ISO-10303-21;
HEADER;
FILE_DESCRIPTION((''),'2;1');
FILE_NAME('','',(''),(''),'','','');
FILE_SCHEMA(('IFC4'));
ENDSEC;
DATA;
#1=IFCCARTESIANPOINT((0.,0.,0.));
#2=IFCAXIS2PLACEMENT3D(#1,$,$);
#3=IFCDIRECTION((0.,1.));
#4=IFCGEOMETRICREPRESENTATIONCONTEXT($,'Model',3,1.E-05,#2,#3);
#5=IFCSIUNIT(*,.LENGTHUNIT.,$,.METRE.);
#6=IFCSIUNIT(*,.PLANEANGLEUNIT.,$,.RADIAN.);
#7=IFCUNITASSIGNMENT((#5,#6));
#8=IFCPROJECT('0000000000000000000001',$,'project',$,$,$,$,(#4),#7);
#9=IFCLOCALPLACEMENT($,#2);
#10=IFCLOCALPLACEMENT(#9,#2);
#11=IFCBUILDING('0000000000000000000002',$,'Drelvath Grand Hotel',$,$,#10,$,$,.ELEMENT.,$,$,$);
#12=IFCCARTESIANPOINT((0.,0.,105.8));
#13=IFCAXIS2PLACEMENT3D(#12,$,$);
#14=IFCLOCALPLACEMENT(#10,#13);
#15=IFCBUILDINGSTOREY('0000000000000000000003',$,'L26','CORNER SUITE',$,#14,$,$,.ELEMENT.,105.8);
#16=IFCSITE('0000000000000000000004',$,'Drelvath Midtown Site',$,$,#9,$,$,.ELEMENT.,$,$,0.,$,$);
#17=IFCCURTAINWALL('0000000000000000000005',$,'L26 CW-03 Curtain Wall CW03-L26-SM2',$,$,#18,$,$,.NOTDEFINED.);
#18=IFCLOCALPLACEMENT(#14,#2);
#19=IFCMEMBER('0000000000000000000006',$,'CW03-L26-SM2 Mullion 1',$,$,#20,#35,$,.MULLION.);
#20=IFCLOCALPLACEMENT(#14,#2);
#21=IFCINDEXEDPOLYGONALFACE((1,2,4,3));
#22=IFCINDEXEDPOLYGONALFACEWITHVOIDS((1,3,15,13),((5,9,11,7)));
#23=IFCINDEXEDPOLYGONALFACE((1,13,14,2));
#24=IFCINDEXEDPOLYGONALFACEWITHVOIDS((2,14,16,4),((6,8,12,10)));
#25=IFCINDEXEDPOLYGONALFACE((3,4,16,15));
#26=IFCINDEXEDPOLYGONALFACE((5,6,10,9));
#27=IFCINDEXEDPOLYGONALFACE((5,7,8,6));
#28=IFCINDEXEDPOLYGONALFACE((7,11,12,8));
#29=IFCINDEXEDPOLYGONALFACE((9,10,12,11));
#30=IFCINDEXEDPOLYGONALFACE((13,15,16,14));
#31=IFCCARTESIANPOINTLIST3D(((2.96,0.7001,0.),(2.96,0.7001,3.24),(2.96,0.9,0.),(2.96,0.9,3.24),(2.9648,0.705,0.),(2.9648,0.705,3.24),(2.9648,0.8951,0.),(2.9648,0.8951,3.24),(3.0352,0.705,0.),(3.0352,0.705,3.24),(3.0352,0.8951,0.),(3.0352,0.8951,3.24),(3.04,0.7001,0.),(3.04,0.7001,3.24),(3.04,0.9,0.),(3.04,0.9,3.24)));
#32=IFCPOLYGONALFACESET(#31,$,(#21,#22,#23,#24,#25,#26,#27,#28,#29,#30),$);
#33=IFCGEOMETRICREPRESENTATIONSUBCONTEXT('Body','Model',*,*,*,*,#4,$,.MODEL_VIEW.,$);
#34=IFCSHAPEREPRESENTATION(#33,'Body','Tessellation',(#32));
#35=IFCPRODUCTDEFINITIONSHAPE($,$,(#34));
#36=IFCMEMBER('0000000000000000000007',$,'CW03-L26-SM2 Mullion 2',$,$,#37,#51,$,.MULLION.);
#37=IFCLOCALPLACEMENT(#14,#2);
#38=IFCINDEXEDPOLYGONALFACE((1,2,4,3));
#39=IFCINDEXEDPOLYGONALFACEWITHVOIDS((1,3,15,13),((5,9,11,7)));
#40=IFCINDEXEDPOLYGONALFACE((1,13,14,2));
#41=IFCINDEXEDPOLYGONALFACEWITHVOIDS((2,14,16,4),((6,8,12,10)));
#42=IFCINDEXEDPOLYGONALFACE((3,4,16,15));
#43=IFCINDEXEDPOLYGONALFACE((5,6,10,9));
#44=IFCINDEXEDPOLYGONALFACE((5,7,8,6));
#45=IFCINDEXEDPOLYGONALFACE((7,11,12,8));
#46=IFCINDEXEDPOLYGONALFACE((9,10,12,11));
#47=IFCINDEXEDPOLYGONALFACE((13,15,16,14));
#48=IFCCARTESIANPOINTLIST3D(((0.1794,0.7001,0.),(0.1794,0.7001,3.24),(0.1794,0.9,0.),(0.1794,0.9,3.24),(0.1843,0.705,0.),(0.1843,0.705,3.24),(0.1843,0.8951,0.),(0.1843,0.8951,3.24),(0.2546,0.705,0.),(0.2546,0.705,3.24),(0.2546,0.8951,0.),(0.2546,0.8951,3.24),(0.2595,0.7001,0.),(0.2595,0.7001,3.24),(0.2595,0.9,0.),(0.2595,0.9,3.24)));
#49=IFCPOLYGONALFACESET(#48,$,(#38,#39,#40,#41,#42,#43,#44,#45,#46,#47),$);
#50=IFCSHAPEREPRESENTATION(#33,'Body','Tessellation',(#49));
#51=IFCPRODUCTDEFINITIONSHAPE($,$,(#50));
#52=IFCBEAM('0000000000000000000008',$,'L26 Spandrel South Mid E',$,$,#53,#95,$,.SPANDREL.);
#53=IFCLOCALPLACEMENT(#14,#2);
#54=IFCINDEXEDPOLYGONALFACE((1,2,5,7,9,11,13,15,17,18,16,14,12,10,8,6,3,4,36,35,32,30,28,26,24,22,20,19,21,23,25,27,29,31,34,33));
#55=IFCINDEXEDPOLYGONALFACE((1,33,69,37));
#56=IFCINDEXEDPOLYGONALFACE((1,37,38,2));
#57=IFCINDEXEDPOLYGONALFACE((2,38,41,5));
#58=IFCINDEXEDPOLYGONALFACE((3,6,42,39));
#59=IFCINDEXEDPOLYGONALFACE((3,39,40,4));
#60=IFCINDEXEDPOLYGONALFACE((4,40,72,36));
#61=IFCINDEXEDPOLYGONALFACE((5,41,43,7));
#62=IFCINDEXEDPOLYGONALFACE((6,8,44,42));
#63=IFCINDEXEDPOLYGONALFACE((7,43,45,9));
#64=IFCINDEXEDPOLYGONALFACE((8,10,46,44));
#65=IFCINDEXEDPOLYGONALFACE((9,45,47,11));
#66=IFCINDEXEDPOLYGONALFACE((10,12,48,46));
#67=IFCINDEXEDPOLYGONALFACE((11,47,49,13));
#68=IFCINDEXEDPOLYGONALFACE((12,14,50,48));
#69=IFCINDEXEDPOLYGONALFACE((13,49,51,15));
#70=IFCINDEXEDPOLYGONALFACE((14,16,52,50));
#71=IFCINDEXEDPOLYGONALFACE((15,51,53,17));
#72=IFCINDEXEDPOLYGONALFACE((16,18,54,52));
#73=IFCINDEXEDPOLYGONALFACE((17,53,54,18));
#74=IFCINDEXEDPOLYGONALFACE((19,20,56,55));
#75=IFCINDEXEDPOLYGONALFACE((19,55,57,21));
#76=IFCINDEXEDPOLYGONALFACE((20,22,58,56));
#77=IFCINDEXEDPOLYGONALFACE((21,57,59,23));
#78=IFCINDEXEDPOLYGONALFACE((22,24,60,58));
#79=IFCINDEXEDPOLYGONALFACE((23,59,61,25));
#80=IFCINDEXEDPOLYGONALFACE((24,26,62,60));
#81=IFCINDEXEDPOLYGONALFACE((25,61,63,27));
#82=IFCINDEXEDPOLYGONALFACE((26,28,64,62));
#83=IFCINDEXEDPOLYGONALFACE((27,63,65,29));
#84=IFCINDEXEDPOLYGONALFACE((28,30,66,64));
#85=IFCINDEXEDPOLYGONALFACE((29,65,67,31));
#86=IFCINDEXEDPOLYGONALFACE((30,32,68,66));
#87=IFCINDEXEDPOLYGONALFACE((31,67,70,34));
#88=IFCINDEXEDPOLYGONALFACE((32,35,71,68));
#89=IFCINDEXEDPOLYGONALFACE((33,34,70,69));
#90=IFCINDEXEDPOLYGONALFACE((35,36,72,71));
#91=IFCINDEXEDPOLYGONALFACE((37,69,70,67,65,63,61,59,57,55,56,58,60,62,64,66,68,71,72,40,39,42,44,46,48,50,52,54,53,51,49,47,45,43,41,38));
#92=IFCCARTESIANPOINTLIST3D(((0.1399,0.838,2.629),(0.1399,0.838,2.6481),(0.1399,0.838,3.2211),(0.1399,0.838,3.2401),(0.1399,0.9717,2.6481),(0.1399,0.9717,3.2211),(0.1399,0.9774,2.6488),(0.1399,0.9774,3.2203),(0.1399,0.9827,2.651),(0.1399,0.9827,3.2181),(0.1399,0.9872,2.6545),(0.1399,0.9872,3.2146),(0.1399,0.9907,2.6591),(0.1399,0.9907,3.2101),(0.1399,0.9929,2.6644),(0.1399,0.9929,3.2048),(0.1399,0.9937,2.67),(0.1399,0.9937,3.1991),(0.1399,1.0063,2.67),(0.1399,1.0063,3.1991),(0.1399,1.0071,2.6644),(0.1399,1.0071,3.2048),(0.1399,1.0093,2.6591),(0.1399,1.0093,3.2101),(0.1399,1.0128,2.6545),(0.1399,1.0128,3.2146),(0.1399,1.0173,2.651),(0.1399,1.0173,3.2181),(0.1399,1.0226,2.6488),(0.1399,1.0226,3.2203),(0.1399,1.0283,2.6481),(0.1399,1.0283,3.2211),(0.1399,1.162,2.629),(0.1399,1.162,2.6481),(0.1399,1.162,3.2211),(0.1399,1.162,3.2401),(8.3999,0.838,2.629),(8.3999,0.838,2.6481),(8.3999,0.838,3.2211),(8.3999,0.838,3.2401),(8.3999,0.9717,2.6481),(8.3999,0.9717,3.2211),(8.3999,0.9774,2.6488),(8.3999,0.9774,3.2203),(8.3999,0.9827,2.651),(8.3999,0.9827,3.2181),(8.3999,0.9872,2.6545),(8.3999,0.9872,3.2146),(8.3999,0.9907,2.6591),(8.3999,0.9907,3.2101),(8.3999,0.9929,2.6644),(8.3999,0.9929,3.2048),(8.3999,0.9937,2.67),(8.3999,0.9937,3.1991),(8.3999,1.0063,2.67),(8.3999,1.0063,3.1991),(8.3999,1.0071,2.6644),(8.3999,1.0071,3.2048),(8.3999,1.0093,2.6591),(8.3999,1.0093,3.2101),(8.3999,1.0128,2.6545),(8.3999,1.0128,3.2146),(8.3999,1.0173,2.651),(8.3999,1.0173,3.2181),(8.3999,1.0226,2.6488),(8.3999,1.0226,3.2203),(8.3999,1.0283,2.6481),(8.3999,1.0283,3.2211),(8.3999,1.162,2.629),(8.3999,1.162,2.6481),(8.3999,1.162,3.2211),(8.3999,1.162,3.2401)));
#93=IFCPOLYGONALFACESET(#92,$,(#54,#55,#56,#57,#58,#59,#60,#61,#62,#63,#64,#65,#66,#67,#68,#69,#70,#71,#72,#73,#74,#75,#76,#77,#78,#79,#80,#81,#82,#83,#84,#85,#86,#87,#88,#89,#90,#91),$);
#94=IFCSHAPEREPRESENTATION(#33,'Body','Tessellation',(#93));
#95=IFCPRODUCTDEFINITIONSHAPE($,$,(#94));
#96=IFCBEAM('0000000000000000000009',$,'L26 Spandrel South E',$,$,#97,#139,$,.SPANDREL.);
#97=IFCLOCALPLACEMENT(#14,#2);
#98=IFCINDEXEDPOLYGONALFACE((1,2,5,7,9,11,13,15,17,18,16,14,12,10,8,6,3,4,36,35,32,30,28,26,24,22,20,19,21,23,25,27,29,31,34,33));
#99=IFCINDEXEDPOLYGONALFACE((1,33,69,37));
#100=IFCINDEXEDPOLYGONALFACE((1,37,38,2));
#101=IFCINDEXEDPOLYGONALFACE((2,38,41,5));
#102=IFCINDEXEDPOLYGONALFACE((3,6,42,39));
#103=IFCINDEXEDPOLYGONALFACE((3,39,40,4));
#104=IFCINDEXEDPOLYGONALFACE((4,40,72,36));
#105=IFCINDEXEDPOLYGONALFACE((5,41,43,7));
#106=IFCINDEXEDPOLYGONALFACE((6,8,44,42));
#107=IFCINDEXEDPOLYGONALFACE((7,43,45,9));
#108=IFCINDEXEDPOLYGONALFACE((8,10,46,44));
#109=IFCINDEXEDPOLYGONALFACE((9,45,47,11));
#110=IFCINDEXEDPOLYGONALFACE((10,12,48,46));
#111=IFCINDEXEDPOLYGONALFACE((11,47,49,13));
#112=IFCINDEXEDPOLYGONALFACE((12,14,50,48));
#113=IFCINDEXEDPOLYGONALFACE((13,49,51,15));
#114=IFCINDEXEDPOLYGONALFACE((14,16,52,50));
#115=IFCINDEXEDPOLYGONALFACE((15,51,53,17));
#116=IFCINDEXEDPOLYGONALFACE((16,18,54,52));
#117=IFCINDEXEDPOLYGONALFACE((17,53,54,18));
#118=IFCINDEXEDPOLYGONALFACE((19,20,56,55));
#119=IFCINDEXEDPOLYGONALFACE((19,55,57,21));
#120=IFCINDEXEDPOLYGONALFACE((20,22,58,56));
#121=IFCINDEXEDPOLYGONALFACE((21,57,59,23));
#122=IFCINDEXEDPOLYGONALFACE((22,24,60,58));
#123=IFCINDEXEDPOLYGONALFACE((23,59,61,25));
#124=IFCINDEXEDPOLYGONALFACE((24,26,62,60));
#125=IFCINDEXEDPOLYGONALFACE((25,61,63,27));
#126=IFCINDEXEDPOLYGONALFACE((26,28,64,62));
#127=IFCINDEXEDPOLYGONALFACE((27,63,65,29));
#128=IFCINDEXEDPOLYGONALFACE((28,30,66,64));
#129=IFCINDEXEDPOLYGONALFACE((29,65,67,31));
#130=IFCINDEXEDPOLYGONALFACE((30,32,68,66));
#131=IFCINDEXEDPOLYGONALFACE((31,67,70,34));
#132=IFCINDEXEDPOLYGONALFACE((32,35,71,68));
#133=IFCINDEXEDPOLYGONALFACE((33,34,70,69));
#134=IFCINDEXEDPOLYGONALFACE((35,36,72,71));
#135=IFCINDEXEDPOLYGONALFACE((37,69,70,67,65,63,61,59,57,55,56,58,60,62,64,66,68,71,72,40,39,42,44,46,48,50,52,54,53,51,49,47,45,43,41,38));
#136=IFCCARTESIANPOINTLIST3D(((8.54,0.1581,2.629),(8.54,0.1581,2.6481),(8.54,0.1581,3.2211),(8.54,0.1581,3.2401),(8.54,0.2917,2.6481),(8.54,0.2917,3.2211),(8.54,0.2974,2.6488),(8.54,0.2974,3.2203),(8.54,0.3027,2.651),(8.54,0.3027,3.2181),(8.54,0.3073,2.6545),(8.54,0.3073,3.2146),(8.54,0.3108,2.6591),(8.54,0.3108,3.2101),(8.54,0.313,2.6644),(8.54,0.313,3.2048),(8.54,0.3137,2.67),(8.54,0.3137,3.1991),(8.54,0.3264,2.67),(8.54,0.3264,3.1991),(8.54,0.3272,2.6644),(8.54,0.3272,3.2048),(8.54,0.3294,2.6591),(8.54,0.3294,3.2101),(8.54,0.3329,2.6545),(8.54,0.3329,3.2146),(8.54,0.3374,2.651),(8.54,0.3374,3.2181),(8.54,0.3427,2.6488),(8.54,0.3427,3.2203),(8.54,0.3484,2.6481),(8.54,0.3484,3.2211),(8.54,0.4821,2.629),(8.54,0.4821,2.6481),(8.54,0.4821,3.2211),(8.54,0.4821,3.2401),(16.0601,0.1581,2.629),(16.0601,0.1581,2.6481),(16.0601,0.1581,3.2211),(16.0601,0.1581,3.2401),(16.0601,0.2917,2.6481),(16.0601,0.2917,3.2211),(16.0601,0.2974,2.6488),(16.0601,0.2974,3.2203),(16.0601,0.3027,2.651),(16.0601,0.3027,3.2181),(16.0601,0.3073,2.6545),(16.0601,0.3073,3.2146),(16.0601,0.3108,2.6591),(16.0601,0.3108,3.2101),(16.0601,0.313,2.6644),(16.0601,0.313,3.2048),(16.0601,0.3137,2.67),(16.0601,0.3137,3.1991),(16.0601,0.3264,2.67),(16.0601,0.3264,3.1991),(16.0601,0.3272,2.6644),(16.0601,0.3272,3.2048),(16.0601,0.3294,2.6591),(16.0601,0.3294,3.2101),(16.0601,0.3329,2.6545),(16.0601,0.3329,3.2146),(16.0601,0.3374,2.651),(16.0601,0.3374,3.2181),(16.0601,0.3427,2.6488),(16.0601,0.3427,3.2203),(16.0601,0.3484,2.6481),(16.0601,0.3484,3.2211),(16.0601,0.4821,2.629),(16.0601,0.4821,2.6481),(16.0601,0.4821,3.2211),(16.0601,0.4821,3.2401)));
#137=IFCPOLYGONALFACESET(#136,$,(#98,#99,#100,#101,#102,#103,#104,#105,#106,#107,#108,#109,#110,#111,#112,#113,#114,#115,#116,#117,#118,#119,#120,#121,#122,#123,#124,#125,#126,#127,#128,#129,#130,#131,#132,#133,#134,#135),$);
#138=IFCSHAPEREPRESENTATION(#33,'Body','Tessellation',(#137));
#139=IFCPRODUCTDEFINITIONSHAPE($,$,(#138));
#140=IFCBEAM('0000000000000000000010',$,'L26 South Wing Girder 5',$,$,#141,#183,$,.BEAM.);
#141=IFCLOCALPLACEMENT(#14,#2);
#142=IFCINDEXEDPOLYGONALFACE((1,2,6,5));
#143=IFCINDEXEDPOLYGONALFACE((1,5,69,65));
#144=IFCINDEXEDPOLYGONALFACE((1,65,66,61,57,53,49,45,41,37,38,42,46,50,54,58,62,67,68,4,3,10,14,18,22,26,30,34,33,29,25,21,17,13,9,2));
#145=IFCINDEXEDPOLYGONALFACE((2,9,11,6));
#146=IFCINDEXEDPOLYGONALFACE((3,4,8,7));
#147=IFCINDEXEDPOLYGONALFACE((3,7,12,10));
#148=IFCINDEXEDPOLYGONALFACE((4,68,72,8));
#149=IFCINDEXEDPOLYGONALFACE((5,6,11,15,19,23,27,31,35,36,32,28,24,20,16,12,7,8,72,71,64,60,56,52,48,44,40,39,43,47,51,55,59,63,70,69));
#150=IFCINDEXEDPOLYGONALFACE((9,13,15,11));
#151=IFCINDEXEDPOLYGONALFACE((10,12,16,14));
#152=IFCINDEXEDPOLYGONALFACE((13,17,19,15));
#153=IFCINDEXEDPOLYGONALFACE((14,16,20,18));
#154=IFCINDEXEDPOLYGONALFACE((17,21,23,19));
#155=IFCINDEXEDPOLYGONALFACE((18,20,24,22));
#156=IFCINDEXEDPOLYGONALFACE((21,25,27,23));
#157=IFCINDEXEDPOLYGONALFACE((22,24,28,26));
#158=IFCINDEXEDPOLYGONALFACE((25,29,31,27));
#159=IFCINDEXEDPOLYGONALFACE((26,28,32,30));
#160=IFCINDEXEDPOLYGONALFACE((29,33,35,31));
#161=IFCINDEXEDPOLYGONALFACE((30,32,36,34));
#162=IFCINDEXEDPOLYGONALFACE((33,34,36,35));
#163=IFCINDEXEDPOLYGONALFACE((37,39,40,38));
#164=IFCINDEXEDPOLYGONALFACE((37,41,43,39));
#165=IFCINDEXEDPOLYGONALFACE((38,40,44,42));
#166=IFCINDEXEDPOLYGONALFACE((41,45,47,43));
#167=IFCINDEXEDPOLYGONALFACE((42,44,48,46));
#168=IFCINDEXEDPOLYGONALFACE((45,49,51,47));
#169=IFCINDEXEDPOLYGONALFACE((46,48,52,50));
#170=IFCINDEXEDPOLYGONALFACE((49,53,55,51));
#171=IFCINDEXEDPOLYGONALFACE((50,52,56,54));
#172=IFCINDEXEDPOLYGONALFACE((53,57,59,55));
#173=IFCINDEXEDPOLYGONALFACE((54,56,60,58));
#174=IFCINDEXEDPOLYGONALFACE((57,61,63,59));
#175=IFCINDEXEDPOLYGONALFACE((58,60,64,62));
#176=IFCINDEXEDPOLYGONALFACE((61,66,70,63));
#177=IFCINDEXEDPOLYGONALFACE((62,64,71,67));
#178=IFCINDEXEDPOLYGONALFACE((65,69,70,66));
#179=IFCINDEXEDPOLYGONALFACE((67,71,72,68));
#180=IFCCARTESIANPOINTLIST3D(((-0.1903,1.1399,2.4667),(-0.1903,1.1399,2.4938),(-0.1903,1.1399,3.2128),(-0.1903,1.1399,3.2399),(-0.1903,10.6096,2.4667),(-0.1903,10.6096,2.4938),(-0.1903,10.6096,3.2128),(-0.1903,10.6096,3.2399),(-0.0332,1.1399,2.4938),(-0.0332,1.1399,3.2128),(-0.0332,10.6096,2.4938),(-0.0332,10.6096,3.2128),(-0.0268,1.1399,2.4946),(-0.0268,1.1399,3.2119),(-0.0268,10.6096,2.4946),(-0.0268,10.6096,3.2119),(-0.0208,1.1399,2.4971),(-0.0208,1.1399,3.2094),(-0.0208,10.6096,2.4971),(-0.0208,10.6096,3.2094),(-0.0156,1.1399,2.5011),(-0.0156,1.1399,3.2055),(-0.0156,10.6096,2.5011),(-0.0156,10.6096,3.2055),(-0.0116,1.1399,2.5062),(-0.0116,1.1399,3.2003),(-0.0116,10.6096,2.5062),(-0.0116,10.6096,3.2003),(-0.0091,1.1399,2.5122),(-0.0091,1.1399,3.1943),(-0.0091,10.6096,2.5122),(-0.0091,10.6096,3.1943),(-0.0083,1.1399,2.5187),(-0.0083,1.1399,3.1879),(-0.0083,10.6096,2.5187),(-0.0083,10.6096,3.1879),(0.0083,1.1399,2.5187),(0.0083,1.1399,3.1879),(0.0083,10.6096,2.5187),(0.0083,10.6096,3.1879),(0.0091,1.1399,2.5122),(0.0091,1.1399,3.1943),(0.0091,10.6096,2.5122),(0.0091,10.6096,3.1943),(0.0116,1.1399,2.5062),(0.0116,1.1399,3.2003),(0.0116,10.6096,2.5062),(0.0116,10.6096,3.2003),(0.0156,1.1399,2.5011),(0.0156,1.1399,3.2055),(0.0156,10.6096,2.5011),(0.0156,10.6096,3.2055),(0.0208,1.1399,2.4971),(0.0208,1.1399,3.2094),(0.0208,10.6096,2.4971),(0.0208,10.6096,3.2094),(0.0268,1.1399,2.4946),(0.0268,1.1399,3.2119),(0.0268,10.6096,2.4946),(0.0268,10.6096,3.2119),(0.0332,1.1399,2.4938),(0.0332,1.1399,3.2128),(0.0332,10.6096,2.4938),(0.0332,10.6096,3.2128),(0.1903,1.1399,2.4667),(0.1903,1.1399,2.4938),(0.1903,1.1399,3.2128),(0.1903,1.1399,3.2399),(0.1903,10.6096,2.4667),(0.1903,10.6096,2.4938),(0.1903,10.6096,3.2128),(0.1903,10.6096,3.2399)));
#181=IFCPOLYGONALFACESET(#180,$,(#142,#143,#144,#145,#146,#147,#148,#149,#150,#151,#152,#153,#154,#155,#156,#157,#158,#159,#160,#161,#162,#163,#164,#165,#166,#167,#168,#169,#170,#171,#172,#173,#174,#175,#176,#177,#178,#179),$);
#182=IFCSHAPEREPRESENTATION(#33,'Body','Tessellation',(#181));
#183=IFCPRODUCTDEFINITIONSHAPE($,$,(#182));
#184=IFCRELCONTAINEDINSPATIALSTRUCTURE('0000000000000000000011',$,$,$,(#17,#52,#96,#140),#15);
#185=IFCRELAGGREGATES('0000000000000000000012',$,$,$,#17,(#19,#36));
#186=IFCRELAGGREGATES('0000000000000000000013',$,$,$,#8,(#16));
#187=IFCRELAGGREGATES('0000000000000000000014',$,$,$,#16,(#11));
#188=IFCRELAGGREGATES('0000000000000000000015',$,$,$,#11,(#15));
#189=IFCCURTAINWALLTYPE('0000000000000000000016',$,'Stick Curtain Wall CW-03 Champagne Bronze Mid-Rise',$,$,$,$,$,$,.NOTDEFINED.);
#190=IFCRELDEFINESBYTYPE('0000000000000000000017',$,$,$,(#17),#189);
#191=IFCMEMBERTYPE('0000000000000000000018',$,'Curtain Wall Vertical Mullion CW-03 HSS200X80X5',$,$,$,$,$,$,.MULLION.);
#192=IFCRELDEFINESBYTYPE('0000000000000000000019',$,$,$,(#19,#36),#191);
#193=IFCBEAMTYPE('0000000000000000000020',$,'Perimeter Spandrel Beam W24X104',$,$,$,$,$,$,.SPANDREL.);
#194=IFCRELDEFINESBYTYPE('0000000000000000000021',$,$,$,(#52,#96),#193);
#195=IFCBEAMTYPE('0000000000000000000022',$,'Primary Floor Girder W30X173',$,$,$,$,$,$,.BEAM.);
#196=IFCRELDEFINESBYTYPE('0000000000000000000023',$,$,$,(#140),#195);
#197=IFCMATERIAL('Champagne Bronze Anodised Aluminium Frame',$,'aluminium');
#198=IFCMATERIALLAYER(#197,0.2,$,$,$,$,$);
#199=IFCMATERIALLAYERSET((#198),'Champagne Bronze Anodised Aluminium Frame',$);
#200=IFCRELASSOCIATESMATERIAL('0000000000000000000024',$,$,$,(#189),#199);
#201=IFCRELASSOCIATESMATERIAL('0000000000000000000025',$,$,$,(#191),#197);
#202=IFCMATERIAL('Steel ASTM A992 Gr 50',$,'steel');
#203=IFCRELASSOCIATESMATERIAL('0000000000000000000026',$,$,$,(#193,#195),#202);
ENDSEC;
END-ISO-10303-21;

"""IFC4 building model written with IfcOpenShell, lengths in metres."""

from ifc_helpers import new_model, si_unit, direction, frame, origin, origin_2d, place, context, subcontext, project, spatial, hollow_rectangle, i_section, extrude, material, layer, layer_set, material_profile, profile_set, type_object, element, aggregate, save


model = new_model("IFC4")

# Units and contexts
model_context = context("Model", 3, precision=1e-05, world=origin(), true_north=direction((0.0, 1.0)))
body_context = subcontext(model_context, "Body", "Model", "MODEL_VIEW")
ifc_project = project(units=[si_unit("LENGTHUNIT", "METRE"), si_unit("PLANEANGLEUNIT", "RADIAN")], contexts=[model_context])

# Site, building, storey
site_placement = place(None, origin())
site = spatial("IfcSite", under=ifc_project, at=site_placement, Name="Drelvath Midtown Site", CompositionType="ELEMENT", RefElevation=0.0)
building_placement = place(site_placement, origin())
building = spatial("IfcBuilding", under=site, at=building_placement, Name="Drelvath Grand Hotel", CompositionType="ELEMENT")
storey_placement = place(building_placement, frame((0.0, 0.0, 105.8)))
storey = spatial("IfcBuildingStorey", under=building, at=storey_placement, Name="L26", Description="CORNER SUITE", CompositionType="ELEMENT", Elevation=105.8)

# Curtain wall
ifc_material_1 = material(Name="Champagne Bronze Anodised Aluminium Frame", Category="aluminium")
ifc_layer_1 = layer(ifc_material_1, 0.2)
ifc_layer_set_1 = layer_set([ifc_layer_1], Name="Champagne Bronze Anodised Aluminium Frame")
curtain_wall_type = type_object("IfcCurtainWallType", Name="Stick Curtain Wall CW-03 Champagne Bronze Mid-Rise", PredefinedType="NOTDEFINED", material=ifc_layer_set_1)
curtain_wall_1_placement = place(storey_placement, origin())
curtain_wall_1 = element("IfcCurtainWall", 1, at=curtain_wall_1_placement, inside=storey, type_object=curtain_wall_type, Name="L26 CW-03 Curtain Wall CW03-L26-SM2", PredefinedType="NOTDEFINED")

# Shared definitions
ifc_material_profile_1 = material_profile(ifc_material_1, hollow_rectangle(XDim=0.0801, YDim=0.2, WallThickness=0.0049, at=origin_2d()), Name="HSS200X80X5")
ifc_profile_set_1 = profile_set([ifc_material_profile_1], Name="Champagne Bronze Anodised Aluminium Frame")
member_type_1 = type_object("IfcMemberType", Name="Curtain Wall Vertical Mullion CW-03 HSS200X80X5", PredefinedType="MULLION", material=ifc_profile_set_1)

# Members
member_1_placement = place(storey_placement, frame((3.0, 0.8, 0.0), z_axis=(0.0, 0.0, 1.0), x_axis=(1.0, 0.0, 0.0)))
member_1 = element("IfcMember", 2, at=member_1_placement, type_object=member_type_1, Name="CW03-L26-SM2 Mullion 1", PredefinedType="MULLION", context=body_context, shape_type="SweptSolid", body=[
    extrude(hollow_rectangle(XDim=0.0801, YDim=0.2, WallThickness=0.0049, at=origin_2d()), origin(), (0.0, 0.0, 1.0), 3.24),
])
member_2_placement = place(storey_placement, frame((0.2195, 0.8, 0.0), z_axis=(0.0, 0.0, 1.0), x_axis=(1.0, 0.0, 0.0)))
member_2 = element("IfcMember", 3, at=member_2_placement, type_object=member_type_1, Name="CW03-L26-SM2 Mullion 2", PredefinedType="MULLION", context=body_context, shape_type="SweptSolid", body=[
    extrude(hollow_rectangle(XDim=0.0801, YDim=0.2, WallThickness=0.0049, at=origin_2d()), origin(), (0.0, 0.0, 1.0), 3.24),
])

# Beams
ifc_material_2 = material(Name="Steel ASTM A992 Gr 50", Category="steel")
ifc_material_profile_2 = material_profile(ifc_material_2, i_section(OverallWidth=0.324, OverallDepth=0.6111, WebThickness=0.0127, FlangeThickness=0.019, FilletRadius=0.022, at=origin_2d()), Name="W24X104")
ifc_profile_set_2 = profile_set([ifc_material_profile_2], Name="Steel ASTM A992 Gr 50")
beam_type_1 = type_object("IfcBeamType", Name="Perimeter Spandrel Beam W24X104", PredefinedType="SPANDREL", material=ifc_profile_set_2)
beam_1_placement = place(storey_placement, frame((0.1399, 1.0, 2.9346), z_axis=(1.0, 0.0, 0.0), x_axis=(0.0, 1.0, 0.0)))
element("IfcBeam", 4, at=beam_1_placement, inside=storey, type_object=beam_type_1, Name="L26 Spandrel South Mid E", PredefinedType="SPANDREL", context=body_context, shape_type="SweptSolid", body=[
    extrude(i_section(OverallWidth=0.324, OverallDepth=0.6111, WebThickness=0.0127, FlangeThickness=0.019, FilletRadius=0.022, at=origin_2d()), origin(), (0.0, 0.0, 1.0), 8.26),
])
beam_2_placement = place(storey_placement, frame((8.54, 0.3201, 2.9346), z_axis=(1.0, 0.0, 0.0), x_axis=(0.0, 1.0, 0.0)))
element("IfcBeam", 5, at=beam_2_placement, inside=storey, type_object=beam_type_1, Name="L26 Spandrel South E", PredefinedType="SPANDREL", context=body_context, shape_type="SweptSolid", body=[
    extrude(i_section(OverallWidth=0.324, OverallDepth=0.6111, WebThickness=0.0127, FlangeThickness=0.019, FilletRadius=0.022, at=origin_2d()), origin(), (0.0, 0.0, 1.0), 7.52),
])
ifc_material_profile_3 = material_profile(ifc_material_2, i_section(OverallWidth=0.3806, OverallDepth=0.7732, WebThickness=0.0166, FlangeThickness=0.0271, FilletRadius=0.0249, at=origin_2d()), Name="W30X173")
ifc_profile_set_3 = profile_set([ifc_material_profile_3], Name="Steel ASTM A992 Gr 50")
beam_type_2 = type_object("IfcBeamType", Name="Primary Floor Girder W30X173", PredefinedType="BEAM", material=ifc_profile_set_3)
beam_3_placement = place(storey_placement, frame((0.0, 1.1399, 2.8533), z_axis=(0.0, 1.0, 0.0), x_axis=(-1.0, 0.0, 0.0)))
element("IfcBeam", 6, at=beam_3_placement, inside=storey, type_object=beam_type_2, Name="L26 South Wing Girder 5", PredefinedType="BEAM", context=body_context, shape_type="SweptSolid", body=[
    extrude(i_section(OverallWidth=0.3806, OverallDepth=0.7732, WebThickness=0.0166, FlangeThickness=0.0271, FilletRadius=0.0249, at=origin_2d()), origin(), (0.0, 0.0, 1.0), 9.4697),
])

aggregate(curtain_wall_1, [member_1, member_2])

save(model, "model.ifc")
